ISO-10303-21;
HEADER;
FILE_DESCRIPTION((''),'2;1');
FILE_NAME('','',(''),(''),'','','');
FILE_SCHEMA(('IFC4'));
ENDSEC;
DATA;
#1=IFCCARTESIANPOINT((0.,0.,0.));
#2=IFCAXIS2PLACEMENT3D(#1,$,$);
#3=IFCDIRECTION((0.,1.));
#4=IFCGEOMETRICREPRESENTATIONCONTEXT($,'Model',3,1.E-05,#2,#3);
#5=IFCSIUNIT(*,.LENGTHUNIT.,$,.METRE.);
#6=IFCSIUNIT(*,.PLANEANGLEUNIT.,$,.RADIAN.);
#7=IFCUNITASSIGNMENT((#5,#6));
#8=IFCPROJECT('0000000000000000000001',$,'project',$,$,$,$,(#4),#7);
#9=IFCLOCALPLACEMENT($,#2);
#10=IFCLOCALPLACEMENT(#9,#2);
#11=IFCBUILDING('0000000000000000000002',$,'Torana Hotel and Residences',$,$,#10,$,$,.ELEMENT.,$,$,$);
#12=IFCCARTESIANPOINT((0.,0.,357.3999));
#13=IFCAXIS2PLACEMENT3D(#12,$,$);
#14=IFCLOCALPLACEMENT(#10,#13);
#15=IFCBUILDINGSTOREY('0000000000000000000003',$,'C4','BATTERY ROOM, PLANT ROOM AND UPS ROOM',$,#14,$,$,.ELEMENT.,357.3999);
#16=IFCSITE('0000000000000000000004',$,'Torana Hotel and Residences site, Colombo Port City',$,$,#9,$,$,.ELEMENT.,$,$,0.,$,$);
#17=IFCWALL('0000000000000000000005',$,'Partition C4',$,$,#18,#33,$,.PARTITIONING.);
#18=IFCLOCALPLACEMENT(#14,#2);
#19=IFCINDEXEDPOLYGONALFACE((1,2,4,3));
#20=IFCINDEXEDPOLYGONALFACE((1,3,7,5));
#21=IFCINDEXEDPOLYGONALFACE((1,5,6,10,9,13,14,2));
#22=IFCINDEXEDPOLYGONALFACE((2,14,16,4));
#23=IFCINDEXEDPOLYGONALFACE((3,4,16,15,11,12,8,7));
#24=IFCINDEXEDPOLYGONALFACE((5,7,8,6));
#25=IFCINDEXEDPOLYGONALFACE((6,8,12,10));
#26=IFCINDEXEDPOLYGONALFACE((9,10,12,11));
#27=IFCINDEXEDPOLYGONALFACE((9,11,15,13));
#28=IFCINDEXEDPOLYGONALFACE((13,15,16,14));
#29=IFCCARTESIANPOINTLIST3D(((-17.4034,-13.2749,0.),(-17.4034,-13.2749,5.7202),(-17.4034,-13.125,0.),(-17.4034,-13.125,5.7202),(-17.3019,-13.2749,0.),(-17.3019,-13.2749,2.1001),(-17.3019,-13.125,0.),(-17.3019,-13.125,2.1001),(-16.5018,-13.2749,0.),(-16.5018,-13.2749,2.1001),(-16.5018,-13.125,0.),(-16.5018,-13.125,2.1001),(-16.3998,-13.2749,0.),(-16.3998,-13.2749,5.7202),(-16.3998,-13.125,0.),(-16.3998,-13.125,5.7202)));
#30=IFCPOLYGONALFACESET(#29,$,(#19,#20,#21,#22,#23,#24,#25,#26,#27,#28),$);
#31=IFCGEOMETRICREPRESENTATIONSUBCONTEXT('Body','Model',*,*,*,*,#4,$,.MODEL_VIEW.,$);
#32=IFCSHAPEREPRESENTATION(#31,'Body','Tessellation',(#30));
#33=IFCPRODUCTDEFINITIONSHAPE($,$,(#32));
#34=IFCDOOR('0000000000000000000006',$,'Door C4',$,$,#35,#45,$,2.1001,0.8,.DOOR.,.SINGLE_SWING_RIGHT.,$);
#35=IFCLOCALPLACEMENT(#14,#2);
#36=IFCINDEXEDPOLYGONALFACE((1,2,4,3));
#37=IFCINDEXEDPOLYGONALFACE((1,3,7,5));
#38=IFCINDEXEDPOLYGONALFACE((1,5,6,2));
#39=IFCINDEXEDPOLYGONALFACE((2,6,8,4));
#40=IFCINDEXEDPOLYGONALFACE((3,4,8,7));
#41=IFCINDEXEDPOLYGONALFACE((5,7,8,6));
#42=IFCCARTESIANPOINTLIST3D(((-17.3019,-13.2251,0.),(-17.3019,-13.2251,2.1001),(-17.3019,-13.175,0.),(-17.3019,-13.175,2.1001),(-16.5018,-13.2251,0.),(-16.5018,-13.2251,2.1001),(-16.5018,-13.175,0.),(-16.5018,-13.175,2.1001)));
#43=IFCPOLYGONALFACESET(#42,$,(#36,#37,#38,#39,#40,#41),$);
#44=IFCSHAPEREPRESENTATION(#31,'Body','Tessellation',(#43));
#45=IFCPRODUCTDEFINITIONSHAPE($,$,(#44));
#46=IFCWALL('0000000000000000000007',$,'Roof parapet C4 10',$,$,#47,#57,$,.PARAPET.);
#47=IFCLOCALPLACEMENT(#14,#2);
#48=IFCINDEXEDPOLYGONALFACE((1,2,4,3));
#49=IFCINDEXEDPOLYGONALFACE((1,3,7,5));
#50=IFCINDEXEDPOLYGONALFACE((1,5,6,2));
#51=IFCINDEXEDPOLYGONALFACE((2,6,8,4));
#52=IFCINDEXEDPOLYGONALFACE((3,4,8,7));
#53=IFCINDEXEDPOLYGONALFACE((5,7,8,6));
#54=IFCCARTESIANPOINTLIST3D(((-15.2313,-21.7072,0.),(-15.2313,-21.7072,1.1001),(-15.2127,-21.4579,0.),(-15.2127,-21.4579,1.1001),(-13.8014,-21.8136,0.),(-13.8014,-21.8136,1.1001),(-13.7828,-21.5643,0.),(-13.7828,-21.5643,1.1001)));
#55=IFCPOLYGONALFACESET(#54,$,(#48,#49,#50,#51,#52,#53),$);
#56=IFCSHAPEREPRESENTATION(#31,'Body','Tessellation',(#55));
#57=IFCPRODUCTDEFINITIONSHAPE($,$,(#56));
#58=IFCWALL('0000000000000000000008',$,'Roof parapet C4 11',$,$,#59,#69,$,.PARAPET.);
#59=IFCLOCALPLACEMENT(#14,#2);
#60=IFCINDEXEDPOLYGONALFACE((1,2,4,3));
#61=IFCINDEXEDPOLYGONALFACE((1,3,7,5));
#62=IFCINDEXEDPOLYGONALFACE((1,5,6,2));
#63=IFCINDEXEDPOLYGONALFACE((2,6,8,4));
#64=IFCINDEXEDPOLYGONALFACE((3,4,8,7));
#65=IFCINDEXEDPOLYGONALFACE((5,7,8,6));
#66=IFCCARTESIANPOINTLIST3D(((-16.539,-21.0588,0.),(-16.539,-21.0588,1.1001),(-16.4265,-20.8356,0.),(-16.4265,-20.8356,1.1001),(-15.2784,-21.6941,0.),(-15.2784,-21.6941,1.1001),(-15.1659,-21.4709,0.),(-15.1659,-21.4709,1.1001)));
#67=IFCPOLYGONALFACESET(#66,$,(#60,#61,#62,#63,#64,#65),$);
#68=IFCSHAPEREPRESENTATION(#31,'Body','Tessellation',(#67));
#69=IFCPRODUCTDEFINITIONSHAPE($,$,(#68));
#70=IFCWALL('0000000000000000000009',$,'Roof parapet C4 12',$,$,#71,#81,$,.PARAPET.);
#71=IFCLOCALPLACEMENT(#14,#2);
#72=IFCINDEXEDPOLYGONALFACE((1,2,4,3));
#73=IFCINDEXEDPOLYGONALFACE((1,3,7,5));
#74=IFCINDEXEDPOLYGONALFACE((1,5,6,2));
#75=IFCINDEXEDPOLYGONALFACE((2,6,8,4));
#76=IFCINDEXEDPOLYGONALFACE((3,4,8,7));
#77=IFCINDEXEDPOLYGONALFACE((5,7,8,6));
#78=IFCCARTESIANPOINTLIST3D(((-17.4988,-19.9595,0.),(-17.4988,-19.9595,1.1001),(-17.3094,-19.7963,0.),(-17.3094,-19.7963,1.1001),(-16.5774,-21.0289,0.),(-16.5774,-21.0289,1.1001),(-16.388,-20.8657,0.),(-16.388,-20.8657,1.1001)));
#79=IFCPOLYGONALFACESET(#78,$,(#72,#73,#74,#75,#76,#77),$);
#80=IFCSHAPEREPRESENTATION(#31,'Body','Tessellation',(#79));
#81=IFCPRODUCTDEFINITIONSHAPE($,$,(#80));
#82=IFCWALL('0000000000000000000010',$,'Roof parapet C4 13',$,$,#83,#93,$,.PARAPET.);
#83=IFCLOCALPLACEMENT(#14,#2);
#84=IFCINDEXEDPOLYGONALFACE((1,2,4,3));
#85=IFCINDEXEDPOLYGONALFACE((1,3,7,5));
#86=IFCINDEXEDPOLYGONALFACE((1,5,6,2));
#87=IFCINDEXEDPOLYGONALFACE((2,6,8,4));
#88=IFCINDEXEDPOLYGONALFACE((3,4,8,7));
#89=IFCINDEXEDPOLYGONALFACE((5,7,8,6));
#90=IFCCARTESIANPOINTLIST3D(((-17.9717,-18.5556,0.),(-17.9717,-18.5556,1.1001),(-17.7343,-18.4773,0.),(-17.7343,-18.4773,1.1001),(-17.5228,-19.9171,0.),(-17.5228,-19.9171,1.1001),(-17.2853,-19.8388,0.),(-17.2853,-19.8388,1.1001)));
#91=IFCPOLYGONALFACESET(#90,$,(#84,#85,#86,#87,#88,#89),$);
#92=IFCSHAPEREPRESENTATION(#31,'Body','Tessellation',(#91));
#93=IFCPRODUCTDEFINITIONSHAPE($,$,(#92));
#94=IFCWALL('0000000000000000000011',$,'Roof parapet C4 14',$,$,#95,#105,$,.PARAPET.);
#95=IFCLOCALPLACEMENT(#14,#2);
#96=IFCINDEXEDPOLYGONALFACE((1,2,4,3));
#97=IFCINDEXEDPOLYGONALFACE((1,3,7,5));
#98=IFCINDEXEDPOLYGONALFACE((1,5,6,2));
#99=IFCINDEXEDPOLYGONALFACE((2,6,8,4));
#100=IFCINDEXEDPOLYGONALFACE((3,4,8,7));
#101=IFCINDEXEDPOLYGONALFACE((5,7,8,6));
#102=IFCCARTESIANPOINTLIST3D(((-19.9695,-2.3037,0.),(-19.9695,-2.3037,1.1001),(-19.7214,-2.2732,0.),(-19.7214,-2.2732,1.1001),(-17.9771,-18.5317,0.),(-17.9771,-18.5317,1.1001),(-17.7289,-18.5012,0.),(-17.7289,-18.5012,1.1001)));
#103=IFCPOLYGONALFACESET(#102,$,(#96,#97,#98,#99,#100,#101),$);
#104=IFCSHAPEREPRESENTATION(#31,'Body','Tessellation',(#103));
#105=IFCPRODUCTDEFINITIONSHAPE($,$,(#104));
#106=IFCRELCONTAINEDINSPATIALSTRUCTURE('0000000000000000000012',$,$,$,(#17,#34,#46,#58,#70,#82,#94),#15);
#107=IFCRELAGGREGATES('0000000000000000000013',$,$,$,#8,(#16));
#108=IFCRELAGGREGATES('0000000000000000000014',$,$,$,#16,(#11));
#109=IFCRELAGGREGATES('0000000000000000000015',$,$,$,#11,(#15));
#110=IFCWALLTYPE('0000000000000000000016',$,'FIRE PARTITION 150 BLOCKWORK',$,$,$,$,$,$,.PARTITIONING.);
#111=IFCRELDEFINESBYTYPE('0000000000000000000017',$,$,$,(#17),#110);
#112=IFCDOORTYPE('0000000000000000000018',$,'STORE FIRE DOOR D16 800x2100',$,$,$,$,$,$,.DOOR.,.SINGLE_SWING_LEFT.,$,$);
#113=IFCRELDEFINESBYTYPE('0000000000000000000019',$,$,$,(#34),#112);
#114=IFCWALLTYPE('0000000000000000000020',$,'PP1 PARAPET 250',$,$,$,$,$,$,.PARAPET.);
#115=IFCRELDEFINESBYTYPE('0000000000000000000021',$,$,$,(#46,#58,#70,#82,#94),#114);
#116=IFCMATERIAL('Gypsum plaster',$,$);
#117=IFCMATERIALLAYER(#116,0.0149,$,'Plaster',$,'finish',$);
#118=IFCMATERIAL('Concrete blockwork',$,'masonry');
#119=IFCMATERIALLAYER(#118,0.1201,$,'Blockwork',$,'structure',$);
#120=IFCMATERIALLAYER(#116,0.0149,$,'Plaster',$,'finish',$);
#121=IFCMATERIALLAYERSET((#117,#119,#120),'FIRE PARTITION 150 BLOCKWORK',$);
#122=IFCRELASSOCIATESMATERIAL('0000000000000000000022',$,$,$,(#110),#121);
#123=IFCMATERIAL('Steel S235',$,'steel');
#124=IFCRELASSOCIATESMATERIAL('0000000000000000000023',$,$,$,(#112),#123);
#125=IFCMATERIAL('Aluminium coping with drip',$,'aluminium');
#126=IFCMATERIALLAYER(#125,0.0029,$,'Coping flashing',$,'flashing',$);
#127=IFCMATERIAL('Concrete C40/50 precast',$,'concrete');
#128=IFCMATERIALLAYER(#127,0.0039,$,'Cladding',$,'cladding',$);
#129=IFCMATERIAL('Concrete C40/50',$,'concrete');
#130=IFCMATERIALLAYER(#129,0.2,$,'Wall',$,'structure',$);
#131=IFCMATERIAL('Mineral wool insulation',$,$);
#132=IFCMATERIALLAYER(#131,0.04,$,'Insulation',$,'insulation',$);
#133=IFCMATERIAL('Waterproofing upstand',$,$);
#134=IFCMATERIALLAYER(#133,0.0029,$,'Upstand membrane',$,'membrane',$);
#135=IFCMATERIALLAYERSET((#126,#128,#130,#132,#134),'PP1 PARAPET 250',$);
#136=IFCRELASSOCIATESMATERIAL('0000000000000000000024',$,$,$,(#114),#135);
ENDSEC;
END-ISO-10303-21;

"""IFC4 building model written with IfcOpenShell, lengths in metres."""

from ifc_helpers import new_model, si_unit, direction, frame, frame_2d, origin, place, context, subcontext, project, spatial, rectangle, extrude, material, layer, layer_set, type_object, element, fill, save


model = new_model("IFC4")

# Units and contexts
model_context = context("Model", 3, precision=1e-05, world=origin(), true_north=direction((0.0, 1.0)))
body_context = subcontext(model_context, "Body", "Model", "MODEL_VIEW")
ifc_project = project(units=[si_unit("LENGTHUNIT", "METRE"), si_unit("PLANEANGLEUNIT", "RADIAN")], contexts=[model_context])

# Site, building, storey
site_placement = place(None, origin())
site = spatial("IfcSite", under=ifc_project, at=site_placement, Name="Torana Hotel and Residences site, Colombo Port City", CompositionType="ELEMENT", RefElevation=0.0)
building_placement = place(site_placement, origin())
building = spatial("IfcBuilding", under=site, at=building_placement, Name="Torana Hotel and Residences", CompositionType="ELEMENT")
storey_placement = place(building_placement, frame((0.0, 0.0, 357.3999)))
storey = spatial("IfcBuildingStorey", under=building, at=storey_placement, Name="C4", Description="BATTERY ROOM, PLANT ROOM AND UPS ROOM", CompositionType="ELEMENT", Elevation=357.3999)

# Shared definitions
ifc_material_1 = material(Name="Gypsum plaster")
ifc_layer_1 = layer(ifc_material_1, 0.0149, Name="Plaster", Category="finish")
ifc_material_2 = material(Name="Concrete blockwork", Category="masonry")
ifc_layer_2 = layer(ifc_material_2, 0.1201, Name="Blockwork", Category="structure")
ifc_layer_3 = layer(ifc_material_1, 0.0149, Name="Plaster", Category="finish")
ifc_layer_set_1 = layer_set([ifc_layer_1, ifc_layer_2, ifc_layer_3], Name="FIRE PARTITION 150 BLOCKWORK")
wall_type_1 = type_object("IfcWallType", Name="FIRE PARTITION 150 BLOCKWORK", PredefinedType="PARTITIONING", material=ifc_layer_set_1)

# Wall, opening, door
wall_1_placement = place(storey_placement, frame((-17.4036, -13.2, 0.0), z_axis=(0.0, 0.0, 1.0), x_axis=(1.0, 0.0, 0.0)))
wall_1 = element("IfcWall", 1, at=wall_1_placement, inside=storey, type_object=wall_type_1, Name="Partition C4", PredefinedType="PARTITIONING", context=body_context, shape_type="SweptSolid", body=[
    extrude(rectangle(XDim=1.0037, YDim=0.1499, at=frame_2d((0.502, 0.0))), origin(), (0.0, 0.0, 1.0), 5.7202),
])
opening_1_placement = place(wall_1_placement, frame((0.1018, 0.0, 0.0)))
opening_1 = element("IfcOpeningElement", 2, at=opening_1_placement, cuts=wall_1, PredefinedType="OPENING", context=body_context, shape_type="SweptSolid", body=[
    extrude(rectangle(XDim=0.8, YDim=2.1001, at=frame_2d((0.3999, 1.05))), frame((0.0, 0.085, 0.0), z_axis=(0.0, -1.0, 0.0), x_axis=(1.0, 0.0, 0.0)), (0.0, 0.0, 1.0), 0.1699),
])
ifc_material_3 = material(Name="Steel S235", Category="steel")
door_type_1 = type_object("IfcDoorType", Name="STORE FIRE DOOR D16 800x2100", OperationType="SINGLE_SWING_LEFT", PredefinedType="DOOR", material=ifc_material_3)
door_1_placement = place(opening_1_placement, origin())
door_1 = element("IfcDoor", 3, at=door_1_placement, inside=storey, type_object=door_type_1, Name="Door C4", OperationType="SINGLE_SWING_RIGHT", OverallHeight=2.1001, OverallWidth=0.8, PredefinedType="DOOR", context=body_context, shape_type="SweptSolid", body=[
    extrude(rectangle(XDim=0.8, YDim=2.1001, at=frame_2d((0.3999, 1.05))), frame((0.0, 0.0249, 0.0), z_axis=(0.0, -1.0, 0.0), x_axis=(1.0, 0.0, 0.0)), (0.0, 0.0, 1.0), 0.05),
])
fill(opening_1, door_1)

# Walls
ifc_material_4 = material(Name="Aluminium coping with drip", Category="aluminium")
ifc_layer_4 = layer(ifc_material_4, 0.0029, Name="Coping flashing", Category="flashing")
ifc_material_5 = material(Name="Concrete C40/50 precast", Category="concrete")
ifc_layer_5 = layer(ifc_material_5, 0.0039, Name="Cladding", Category="cladding")
ifc_material_6 = material(Name="Concrete C40/50", Category="concrete")
ifc_layer_6 = layer(ifc_material_6, 0.2, Name="Wall", Category="structure")
ifc_material_7 = material(Name="Mineral wool insulation")
ifc_layer_7 = layer(ifc_material_7, 0.04, Name="Insulation", Category="insulation")
ifc_material_8 = material(Name="Waterproofing upstand")
ifc_layer_8 = layer(ifc_material_8, 0.0029, Name="Upstand membrane", Category="membrane")
ifc_layer_set_2 = layer_set([ifc_layer_4, ifc_layer_5, ifc_layer_6, ifc_layer_7, ifc_layer_8], Name="PP1 PARAPET 250")
wall_type_2 = type_object("IfcWallType", Name="PP1 PARAPET 250", PredefinedType="PARAPET", material=ifc_layer_set_2)
wall_2_placement = place(storey_placement, frame((-13.7922, -21.689, 0.0), z_axis=(0.0, 0.0, 1.0), x_axis=(-0.997241, 0.074235, 0.0)))
element("IfcWall", 4, at=wall_2_placement, inside=storey, type_object=wall_type_2, Name="Roof parapet C4 10", PredefinedType="PARAPET", context=body_context, shape_type="SweptSolid", body=[
    extrude(rectangle(XDim=1.4338, YDim=0.25, at=frame_2d((0.7168, 0.0))), origin(), (0.0, 0.0, 1.0), 1.1001),
])
for number, where, z_axis, x_axis, name in (
    (5, (-15.2222, -21.5825, 0.0), (0.0, 0.0, 1.0), (-0.893004, 0.450048, 0.0), "Roof parapet C4 11"),
    (6, (-16.4827, -20.9473, 0.0), (0.0, 0.0, 1.0), (-0.652755, 0.757569, 0.0), "Roof parapet C4 12"),
):
    element("IfcWall", number, at=place(storey_placement, frame(where, z_axis=z_axis, x_axis=x_axis)), inside=storey, type_object=wall_type_2, Name=name, PredefinedType="PARAPET", context=body_context, shape_type="SweptSolid", body=[
        extrude(rectangle(XDim=1.4116, YDim=0.25, at=frame_2d((0.7058, 0.0))), origin(), (0.0, 0.0, 1.0), 1.1001),
    ])
wall_3_placement = place(storey_placement, frame((-17.4041, -19.8779, 0.0), z_axis=(0.0, 0.0, 1.0), x_axis=(-0.313161, 0.9497, 0.0)))
element("IfcWall", 7, at=wall_3_placement, inside=storey, type_object=wall_type_2, Name="Roof parapet C4 13", PredefinedType="PARAPET", context=body_context, shape_type="SweptSolid", body=[
    extrude(rectangle(XDim=1.4336, YDim=0.25, at=frame_2d((0.7168, 0.0))), origin(), (0.0, 0.0, 1.0), 1.1001),
])
wall_4_placement = place(storey_placement, frame((-17.853, -18.5164, 0.0), z_axis=(0.0, 0.0, 1.0), x_axis=(-0.121862, 0.992547, 0.0)))
element("IfcWall", 8, at=wall_4_placement, inside=storey, type_object=wall_type_2, Name="Roof parapet C4 14", PredefinedType="PARAPET", context=body_context, shape_type="SweptSolid", body=[
    extrude(rectangle(XDim=16.3499, YDim=0.25, at=frame_2d((8.1748, 0.0))), origin(), (0.0, 0.0, 1.0), 1.1001),
])

save(model, "model.ifc")
